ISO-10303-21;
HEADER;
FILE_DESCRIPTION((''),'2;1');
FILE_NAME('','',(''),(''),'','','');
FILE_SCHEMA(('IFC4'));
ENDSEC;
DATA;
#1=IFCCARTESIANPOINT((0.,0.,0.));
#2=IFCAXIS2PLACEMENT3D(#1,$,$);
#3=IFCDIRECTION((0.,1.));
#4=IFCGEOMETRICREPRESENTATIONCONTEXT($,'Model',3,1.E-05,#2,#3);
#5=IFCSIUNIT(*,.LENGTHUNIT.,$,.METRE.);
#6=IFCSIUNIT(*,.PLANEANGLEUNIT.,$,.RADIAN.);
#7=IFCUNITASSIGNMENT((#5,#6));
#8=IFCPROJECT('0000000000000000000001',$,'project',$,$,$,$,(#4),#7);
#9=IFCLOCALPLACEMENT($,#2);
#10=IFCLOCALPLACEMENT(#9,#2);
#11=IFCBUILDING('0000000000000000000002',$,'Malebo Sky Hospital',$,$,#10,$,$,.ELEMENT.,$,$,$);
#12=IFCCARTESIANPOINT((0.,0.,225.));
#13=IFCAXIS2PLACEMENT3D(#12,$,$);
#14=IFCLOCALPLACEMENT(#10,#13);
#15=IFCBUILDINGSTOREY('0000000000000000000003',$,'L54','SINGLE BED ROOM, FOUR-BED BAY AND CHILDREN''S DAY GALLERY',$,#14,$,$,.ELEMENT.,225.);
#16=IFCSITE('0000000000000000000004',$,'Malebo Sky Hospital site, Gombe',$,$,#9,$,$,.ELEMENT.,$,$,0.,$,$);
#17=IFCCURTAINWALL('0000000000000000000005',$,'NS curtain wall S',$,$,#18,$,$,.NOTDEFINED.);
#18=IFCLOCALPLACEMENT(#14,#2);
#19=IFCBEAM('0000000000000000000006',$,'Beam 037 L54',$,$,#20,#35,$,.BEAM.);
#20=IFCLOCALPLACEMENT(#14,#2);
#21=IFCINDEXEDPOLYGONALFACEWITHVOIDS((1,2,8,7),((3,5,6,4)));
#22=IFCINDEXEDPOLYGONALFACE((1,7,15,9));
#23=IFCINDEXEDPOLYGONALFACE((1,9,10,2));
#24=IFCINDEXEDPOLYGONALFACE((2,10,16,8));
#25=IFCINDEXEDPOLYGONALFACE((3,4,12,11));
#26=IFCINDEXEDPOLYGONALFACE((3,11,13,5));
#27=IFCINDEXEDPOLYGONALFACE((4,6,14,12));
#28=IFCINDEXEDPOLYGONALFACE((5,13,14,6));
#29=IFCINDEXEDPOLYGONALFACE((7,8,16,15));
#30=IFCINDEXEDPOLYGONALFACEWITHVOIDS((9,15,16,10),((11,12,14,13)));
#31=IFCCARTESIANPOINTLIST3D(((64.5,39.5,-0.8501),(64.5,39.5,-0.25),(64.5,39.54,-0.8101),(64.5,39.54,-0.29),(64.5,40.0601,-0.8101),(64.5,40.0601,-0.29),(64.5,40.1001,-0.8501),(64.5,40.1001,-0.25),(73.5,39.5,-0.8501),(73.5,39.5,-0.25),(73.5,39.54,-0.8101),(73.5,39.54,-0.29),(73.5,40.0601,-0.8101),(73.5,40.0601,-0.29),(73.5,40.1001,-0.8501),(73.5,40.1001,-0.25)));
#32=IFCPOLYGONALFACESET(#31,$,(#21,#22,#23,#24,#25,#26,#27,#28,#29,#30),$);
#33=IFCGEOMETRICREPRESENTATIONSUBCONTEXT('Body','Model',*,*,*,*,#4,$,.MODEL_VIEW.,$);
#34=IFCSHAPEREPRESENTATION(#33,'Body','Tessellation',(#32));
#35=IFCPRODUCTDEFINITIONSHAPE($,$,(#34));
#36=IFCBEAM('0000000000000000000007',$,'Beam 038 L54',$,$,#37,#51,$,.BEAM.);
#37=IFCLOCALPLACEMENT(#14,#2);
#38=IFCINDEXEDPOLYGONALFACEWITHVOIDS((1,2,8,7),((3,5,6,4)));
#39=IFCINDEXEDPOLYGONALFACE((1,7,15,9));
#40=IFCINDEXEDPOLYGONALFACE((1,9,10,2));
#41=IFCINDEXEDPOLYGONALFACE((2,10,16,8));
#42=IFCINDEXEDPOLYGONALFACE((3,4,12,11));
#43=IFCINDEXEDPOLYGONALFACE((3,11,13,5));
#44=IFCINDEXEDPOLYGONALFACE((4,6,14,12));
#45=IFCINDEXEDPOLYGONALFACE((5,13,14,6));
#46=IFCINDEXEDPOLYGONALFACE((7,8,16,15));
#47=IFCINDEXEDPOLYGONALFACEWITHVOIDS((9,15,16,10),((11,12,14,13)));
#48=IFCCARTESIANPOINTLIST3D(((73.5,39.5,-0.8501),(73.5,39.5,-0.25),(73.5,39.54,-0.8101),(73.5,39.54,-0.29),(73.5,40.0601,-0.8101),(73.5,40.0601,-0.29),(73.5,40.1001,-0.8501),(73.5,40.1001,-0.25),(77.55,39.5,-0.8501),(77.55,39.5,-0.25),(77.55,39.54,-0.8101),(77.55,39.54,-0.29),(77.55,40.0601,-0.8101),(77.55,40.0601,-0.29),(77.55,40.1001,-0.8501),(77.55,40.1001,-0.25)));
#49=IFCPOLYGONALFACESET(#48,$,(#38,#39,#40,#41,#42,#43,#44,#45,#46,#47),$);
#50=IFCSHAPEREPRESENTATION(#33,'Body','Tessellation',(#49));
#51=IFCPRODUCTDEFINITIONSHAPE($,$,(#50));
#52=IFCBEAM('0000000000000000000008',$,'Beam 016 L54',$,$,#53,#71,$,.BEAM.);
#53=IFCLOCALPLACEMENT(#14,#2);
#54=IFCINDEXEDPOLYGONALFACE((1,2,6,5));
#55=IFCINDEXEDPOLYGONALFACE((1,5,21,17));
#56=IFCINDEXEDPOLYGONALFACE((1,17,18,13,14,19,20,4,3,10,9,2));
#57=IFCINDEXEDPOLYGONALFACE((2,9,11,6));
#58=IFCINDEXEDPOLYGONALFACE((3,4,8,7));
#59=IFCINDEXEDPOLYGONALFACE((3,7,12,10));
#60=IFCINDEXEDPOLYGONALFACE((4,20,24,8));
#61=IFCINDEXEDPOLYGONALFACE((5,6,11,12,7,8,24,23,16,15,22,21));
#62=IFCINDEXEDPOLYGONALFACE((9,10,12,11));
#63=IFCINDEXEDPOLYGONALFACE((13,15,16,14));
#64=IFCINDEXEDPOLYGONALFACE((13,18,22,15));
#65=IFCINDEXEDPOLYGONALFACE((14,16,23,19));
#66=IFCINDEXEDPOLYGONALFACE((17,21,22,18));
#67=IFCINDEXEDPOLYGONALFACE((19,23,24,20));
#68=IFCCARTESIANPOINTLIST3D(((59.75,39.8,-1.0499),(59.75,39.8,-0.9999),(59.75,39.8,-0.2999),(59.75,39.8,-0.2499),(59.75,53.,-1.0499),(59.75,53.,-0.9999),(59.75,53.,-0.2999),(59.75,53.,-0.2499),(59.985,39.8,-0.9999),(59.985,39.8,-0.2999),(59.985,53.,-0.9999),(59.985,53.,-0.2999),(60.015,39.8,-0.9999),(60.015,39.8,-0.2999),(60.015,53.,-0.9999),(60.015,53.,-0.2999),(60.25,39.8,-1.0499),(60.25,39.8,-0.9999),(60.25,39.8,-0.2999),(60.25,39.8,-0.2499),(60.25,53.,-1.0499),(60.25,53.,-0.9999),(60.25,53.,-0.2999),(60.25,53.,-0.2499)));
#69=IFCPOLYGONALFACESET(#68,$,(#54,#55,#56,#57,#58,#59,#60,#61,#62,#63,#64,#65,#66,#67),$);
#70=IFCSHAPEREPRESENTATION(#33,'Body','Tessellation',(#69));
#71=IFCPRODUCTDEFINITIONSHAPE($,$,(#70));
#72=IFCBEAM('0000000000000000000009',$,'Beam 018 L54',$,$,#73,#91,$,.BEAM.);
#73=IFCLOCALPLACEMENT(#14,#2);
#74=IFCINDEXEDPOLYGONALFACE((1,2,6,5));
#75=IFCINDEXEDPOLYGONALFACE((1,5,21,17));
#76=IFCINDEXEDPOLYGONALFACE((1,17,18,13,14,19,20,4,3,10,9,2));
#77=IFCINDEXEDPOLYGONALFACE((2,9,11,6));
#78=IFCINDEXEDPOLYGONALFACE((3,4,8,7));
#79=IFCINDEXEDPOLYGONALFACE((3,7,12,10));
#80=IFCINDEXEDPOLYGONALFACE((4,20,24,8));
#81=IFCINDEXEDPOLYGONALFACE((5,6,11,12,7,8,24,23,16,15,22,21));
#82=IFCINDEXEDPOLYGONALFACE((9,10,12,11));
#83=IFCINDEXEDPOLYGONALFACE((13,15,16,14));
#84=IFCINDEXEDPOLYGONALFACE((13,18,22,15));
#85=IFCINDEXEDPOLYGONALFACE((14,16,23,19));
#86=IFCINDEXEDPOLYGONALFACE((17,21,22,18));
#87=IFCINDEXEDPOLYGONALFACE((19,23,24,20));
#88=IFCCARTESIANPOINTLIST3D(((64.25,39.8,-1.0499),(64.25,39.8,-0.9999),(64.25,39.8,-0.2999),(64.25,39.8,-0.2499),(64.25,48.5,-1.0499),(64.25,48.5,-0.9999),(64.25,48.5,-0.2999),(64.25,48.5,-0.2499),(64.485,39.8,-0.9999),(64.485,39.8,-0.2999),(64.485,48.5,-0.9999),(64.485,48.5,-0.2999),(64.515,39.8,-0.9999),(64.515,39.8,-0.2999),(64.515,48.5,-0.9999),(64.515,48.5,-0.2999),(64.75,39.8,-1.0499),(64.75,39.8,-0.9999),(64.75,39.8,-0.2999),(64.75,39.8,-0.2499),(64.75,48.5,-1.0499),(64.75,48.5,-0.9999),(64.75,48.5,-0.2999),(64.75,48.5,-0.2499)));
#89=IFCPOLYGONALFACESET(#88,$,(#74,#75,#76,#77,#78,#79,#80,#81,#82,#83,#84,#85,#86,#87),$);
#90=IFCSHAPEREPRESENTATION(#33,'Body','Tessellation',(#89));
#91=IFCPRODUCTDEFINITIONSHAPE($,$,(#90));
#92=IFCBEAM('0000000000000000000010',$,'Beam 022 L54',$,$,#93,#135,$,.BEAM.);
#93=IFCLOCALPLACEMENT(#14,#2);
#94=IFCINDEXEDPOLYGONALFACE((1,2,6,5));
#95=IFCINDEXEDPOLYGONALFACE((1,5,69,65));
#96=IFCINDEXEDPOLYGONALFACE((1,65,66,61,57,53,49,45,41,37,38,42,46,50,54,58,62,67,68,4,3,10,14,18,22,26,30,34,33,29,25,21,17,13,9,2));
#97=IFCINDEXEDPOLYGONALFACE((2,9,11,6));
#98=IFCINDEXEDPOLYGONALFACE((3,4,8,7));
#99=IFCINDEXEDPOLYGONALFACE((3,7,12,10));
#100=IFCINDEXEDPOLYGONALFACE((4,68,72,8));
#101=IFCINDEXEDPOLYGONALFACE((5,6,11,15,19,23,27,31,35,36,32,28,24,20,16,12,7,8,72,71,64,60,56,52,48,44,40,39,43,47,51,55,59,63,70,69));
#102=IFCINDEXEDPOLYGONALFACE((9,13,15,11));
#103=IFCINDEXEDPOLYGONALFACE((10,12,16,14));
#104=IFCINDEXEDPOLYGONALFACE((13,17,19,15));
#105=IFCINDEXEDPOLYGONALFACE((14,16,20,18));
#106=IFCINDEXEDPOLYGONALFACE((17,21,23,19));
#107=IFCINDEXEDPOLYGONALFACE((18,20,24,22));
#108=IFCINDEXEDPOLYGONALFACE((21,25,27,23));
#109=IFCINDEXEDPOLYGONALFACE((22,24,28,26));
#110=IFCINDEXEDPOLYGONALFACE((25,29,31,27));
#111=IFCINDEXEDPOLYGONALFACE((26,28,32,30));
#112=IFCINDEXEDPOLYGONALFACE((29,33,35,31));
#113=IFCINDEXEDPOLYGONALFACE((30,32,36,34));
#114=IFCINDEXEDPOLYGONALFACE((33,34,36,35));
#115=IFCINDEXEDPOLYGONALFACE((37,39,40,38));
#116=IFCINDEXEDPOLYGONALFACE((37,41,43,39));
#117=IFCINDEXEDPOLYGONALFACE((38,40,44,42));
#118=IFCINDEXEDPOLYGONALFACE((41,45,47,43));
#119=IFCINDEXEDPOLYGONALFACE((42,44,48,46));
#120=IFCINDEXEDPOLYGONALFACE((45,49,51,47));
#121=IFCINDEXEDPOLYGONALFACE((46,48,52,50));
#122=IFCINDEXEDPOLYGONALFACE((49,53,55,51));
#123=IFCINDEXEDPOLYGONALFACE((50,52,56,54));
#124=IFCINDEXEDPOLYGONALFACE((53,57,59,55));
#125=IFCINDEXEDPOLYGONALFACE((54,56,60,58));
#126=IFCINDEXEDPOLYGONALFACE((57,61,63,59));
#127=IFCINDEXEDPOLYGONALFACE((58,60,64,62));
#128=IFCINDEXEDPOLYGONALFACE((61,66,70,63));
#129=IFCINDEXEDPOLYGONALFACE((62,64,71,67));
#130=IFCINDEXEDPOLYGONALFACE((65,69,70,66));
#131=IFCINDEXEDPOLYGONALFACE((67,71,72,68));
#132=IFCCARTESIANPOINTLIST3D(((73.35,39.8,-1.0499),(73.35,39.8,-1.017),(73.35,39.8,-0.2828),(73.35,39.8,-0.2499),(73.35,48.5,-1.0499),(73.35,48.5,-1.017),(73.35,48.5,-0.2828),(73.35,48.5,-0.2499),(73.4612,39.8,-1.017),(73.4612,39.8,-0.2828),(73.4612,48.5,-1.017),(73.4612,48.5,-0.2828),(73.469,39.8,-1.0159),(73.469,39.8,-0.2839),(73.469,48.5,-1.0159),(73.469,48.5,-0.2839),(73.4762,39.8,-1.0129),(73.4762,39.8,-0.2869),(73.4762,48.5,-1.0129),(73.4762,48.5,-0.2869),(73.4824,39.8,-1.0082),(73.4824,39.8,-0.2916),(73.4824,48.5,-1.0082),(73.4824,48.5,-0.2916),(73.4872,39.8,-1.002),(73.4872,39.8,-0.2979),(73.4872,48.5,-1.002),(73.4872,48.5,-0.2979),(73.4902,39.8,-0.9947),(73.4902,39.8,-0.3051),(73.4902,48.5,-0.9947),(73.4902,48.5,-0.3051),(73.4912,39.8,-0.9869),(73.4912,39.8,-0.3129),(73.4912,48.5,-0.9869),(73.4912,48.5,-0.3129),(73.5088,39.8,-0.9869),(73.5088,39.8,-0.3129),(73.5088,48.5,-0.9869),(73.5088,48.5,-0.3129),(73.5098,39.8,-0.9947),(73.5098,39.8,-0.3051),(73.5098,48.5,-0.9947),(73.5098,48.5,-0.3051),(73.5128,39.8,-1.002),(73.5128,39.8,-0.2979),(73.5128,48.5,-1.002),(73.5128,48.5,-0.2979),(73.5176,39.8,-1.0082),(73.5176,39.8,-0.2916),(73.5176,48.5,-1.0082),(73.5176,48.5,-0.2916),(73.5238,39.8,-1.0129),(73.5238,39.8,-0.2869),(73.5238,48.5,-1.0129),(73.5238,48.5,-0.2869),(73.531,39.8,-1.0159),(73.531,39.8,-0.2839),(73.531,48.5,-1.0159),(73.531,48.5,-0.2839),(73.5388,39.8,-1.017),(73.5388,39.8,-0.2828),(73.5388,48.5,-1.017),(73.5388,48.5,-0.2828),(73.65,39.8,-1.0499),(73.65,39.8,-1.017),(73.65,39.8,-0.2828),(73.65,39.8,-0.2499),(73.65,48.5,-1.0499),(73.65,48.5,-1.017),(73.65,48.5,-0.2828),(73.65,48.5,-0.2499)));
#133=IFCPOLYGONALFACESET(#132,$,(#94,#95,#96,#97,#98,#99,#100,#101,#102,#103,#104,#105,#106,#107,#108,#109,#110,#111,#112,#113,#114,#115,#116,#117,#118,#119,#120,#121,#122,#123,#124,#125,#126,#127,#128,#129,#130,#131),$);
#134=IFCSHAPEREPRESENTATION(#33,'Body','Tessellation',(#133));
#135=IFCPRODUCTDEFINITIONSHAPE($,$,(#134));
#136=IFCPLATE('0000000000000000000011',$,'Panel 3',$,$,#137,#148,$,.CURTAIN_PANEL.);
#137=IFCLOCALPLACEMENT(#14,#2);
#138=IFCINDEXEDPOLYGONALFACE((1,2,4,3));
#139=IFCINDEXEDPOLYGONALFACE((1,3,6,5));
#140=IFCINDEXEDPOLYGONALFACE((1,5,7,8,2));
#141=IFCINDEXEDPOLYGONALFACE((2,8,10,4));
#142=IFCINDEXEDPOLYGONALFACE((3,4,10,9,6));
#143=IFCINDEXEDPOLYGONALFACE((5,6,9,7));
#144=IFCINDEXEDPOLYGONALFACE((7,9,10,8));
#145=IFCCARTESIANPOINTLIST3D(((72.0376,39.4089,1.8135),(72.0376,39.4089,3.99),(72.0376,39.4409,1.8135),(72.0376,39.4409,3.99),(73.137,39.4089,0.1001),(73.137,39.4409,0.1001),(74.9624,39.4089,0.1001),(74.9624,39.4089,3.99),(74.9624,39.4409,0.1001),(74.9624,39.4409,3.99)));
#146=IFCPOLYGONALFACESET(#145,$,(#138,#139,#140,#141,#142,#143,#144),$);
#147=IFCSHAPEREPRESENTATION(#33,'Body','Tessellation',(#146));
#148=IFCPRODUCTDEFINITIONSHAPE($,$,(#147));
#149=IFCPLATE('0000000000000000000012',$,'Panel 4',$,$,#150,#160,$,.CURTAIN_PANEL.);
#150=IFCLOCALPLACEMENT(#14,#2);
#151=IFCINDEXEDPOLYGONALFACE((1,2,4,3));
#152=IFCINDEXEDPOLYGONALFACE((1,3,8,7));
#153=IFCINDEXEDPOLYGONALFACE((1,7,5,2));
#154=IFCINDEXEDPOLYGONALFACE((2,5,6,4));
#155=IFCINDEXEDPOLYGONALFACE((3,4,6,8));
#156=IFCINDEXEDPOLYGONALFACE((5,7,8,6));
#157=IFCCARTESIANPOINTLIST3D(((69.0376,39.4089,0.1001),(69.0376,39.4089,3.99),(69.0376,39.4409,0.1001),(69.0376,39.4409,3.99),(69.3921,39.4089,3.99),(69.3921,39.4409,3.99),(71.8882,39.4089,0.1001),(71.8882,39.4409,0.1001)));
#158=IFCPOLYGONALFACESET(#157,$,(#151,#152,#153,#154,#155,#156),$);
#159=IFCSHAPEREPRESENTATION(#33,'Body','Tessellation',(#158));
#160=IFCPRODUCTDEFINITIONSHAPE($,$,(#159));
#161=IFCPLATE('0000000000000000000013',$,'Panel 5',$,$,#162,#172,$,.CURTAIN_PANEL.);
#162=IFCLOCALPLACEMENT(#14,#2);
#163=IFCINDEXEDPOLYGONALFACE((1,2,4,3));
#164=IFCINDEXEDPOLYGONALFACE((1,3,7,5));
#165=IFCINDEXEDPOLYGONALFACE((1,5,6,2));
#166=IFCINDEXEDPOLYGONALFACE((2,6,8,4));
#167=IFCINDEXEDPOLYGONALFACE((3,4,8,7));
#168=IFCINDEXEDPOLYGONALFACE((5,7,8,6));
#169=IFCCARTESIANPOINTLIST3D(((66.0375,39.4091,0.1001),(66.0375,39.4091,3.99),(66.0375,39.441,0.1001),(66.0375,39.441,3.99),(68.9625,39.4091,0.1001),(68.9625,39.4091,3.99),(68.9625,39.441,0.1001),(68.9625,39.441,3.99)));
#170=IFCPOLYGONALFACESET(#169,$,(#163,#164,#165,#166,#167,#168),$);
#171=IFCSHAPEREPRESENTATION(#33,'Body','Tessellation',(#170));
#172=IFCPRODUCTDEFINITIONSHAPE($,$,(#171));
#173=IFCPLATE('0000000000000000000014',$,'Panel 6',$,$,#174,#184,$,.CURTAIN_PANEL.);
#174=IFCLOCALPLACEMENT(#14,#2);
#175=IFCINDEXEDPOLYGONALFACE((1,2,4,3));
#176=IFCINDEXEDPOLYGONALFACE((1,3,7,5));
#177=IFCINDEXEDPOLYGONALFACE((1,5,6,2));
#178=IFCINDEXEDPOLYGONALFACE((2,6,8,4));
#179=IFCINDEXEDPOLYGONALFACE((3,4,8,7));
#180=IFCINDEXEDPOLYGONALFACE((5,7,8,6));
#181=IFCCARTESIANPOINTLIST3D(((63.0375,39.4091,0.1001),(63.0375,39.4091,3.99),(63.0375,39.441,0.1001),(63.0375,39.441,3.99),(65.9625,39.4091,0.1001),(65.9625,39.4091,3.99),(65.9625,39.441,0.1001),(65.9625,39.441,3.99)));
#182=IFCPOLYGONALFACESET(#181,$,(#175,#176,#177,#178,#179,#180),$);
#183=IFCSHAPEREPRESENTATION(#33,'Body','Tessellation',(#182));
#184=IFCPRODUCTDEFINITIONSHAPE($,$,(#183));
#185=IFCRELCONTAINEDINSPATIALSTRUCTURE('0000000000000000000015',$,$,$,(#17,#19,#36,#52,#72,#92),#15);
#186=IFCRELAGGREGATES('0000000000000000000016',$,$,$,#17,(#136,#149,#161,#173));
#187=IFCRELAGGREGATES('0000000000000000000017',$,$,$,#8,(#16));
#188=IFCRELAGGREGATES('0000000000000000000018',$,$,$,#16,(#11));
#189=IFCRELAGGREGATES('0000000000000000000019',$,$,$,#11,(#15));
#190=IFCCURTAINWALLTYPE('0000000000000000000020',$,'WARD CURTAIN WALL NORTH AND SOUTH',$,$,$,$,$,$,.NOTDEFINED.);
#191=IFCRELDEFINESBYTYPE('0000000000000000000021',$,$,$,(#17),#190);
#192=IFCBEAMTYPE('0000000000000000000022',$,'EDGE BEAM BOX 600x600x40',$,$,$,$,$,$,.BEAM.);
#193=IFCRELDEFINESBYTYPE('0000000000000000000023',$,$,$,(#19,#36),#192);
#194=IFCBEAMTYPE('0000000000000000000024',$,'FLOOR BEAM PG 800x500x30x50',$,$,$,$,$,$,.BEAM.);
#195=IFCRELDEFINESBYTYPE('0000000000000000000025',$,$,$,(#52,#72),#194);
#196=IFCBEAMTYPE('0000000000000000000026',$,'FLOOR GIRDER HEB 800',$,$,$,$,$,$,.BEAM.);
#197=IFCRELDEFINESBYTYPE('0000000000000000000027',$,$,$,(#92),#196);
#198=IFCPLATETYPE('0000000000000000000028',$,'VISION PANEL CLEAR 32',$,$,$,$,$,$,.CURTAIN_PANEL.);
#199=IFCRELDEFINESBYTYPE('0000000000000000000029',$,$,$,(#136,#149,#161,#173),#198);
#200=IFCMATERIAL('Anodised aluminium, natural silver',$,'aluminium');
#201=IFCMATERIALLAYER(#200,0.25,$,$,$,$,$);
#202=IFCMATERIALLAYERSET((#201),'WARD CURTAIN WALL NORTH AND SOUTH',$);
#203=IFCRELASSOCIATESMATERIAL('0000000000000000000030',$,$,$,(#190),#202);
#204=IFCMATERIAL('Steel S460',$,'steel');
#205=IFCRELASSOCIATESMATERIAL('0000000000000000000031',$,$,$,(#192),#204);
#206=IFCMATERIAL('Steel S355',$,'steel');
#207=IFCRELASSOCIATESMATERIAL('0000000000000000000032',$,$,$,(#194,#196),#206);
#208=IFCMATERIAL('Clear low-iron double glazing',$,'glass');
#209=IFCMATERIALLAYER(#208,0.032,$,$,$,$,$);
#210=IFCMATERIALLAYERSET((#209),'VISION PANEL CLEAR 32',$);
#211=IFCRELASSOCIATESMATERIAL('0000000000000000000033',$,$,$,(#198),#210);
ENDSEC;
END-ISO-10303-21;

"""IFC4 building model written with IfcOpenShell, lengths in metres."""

from ifc_helpers import new_model, si_unit, direction, frame, origin, origin_2d, place, context, subcontext, project, spatial, polyline, rectangle, hollow_rectangle, i_section, outline, extrude, material, layer, layer_set, material_profile, profile_set, type_object, element, aggregate, save


model = new_model("IFC4")

# Units and contexts
model_context = context("Model", 3, precision=1e-05, world=origin(), true_north=direction((0.0, 1.0)))
body_context = subcontext(model_context, "Body", "Model", "MODEL_VIEW")
ifc_project = project(units=[si_unit("LENGTHUNIT", "METRE"), si_unit("PLANEANGLEUNIT", "RADIAN")], contexts=[model_context])

# Site, building, storey
site_placement = place(None, origin())
site = spatial("IfcSite", under=ifc_project, at=site_placement, Name="Malebo Sky Hospital site, Gombe", CompositionType="ELEMENT", RefElevation=0.0)
building_placement = place(site_placement, origin())
building = spatial("IfcBuilding", under=site, at=building_placement, Name="Malebo Sky Hospital", CompositionType="ELEMENT")
storey_placement = place(building_placement, frame((0.0, 0.0, 225.0)))
storey = spatial("IfcBuildingStorey", under=building, at=storey_placement, Name="L54", Description="SINGLE BED ROOM, FOUR-BED BAY AND CHILDREN'S DAY GALLERY", CompositionType="ELEMENT", Elevation=225.0)

# Shared definitions
ifc_material_1 = material(Name="Steel S460", Category="steel")

# Curtain wall
ifc_material_2 = material(Name="Anodised aluminium, natural silver", Category="aluminium")
ifc_layer_1 = layer(ifc_material_2, 0.25)
ifc_layer_set_1 = layer_set([ifc_layer_1], Name="WARD CURTAIN WALL NORTH AND SOUTH")
curtain_wall_type = type_object("IfcCurtainWallType", Name="WARD CURTAIN WALL NORTH AND SOUTH", PredefinedType="NOTDEFINED", material=ifc_layer_set_1)
curtain_wall_placement = place(storey_placement, origin())
curtain_wall = element("IfcCurtainWall", 1, at=curtain_wall_placement, inside=storey, type_object=curtain_wall_type, Name="NS curtain wall S", PredefinedType="NOTDEFINED")

# Shared definitions
ifc_material_3 = material(Name="Steel S355", Category="steel")

# Beams
ifc_material_profile_1 = material_profile(ifc_material_1, hollow_rectangle(XDim=0.6001, YDim=0.6001, WallThickness=0.04, at=origin_2d()), Name="BOX 600x600x40")
ifc_profile_set_1 = profile_set([ifc_material_profile_1], Name="Steel S460")
beam_type_1 = type_object("IfcBeamType", Name="EDGE BEAM BOX 600x600x40", PredefinedType="BEAM", material=ifc_profile_set_1)
beam_1_placement = place(storey_placement, frame((64.5, 39.8, -0.55), z_axis=(1.0, 0.0, 0.0), x_axis=(0.0, 1.0, 0.0)))
element("IfcBeam", 2, at=beam_1_placement, inside=storey, type_object=beam_type_1, Name="Beam 037 L54", PredefinedType="BEAM", context=body_context, shape_type="SweptSolid", body=[
    extrude(hollow_rectangle(XDim=0.6001, YDim=0.6001, WallThickness=0.04, at=origin_2d()), origin(), (0.0, 0.0, 1.0), 9.0),
])
beam_2_placement = place(storey_placement, frame((73.5, 39.8, -0.55), z_axis=(1.0, 0.0, 0.0), x_axis=(0.0, 1.0, 0.0)))
element("IfcBeam", 3, at=beam_2_placement, inside=storey, type_object=beam_type_1, Name="Beam 038 L54", PredefinedType="BEAM", context=body_context, shape_type="SweptSolid", body=[
    extrude(hollow_rectangle(XDim=0.6001, YDim=0.6001, WallThickness=0.04, at=origin_2d()), origin(), (0.0, 0.0, 1.0), 4.05),
])
ifc_material_profile_2 = material_profile(ifc_material_3, i_section(OverallWidth=0.5, OverallDepth=0.8, WebThickness=0.03, FlangeThickness=0.05, at=origin_2d()), Name="PG 800x500x30x50")
ifc_profile_set_2 = profile_set([ifc_material_profile_2], Name="Steel S355")
beam_type_2 = type_object("IfcBeamType", Name="FLOOR BEAM PG 800x500x30x50", PredefinedType="BEAM", material=ifc_profile_set_2)
beam_3_placement = place(storey_placement, frame((60.0, 39.8, -0.6499), z_axis=(0.0, 1.0, 0.0), x_axis=(-1.0, 0.0, 0.0)))
element("IfcBeam", 4, at=beam_3_placement, inside=storey, type_object=beam_type_2, Name="Beam 016 L54", PredefinedType="BEAM", context=body_context, shape_type="SweptSolid", body=[
    extrude(i_section(OverallWidth=0.5, OverallDepth=0.8, WebThickness=0.03, FlangeThickness=0.05, at=origin_2d()), origin(), (0.0, 0.0, 1.0), 13.2),
])
beam_4_placement = place(storey_placement, frame((64.5, 39.8, -0.6499), z_axis=(0.0, 1.0, 0.0), x_axis=(-1.0, 0.0, 0.0)))
element("IfcBeam", 5, at=beam_4_placement, inside=storey, type_object=beam_type_2, Name="Beam 018 L54", PredefinedType="BEAM", context=body_context, shape_type="SweptSolid", body=[
    extrude(i_section(OverallWidth=0.5, OverallDepth=0.8, WebThickness=0.03, FlangeThickness=0.05, at=origin_2d()), origin(), (0.0, 0.0, 1.0), 8.7),
])
ifc_material_profile_3 = material_profile(ifc_material_3, i_section(OverallWidth=0.3, OverallDepth=0.8, WebThickness=0.0176, FlangeThickness=0.033, FilletRadius=0.03, at=origin_2d()), Name="HEB 800")
ifc_profile_set_3 = profile_set([ifc_material_profile_3], Name="Steel S355")
beam_type_3 = type_object("IfcBeamType", Name="FLOOR GIRDER HEB 800", PredefinedType="BEAM", material=ifc_profile_set_3)
beam_5_placement = place(storey_placement, frame((73.5, 39.8, -0.6499), z_axis=(0.0, 1.0, 0.0), x_axis=(-1.0, 0.0, 0.0)))
element("IfcBeam", 6, at=beam_5_placement, inside=storey, type_object=beam_type_3, Name="Beam 022 L54", PredefinedType="BEAM", context=body_context, shape_type="SweptSolid", body=[
    extrude(i_section(OverallWidth=0.3, OverallDepth=0.8, WebThickness=0.0176, FlangeThickness=0.033, FilletRadius=0.03, at=origin_2d()), origin(), (0.0, 0.0, 1.0), 8.7),
])

# Plates
ifc_material_4 = material(Name="Clear low-iron double glazing", Category="glass")
ifc_layer_2 = layer(ifc_material_4, 0.032)
ifc_layer_set_2 = layer_set([ifc_layer_2], Name="VISION PANEL CLEAR 32")
plate_type = type_object("IfcPlateType", Name="VISION PANEL CLEAR 32", PredefinedType="CURTAIN_PANEL", material=ifc_layer_set_2)
plate_1_placement = place(storey_placement, frame((73.5, 39.425, 0.1001), z_axis=(0.0, 0.0, 1.0), x_axis=(-1.0, 0.0, 0.0)))
plate_1 = element("IfcPlate", 7, at=plate_1_placement, type_object=plate_type, Name="Panel 3", PredefinedType="CURTAIN_PANEL", context=body_context, shape_type="SweptSolid", body=[
    extrude(outline(polyline([(-1.4624, 0.0), (0.363, 0.0), (1.4624, 1.7134), (1.4624, 3.8899), (-1.4624, 3.8899), (-1.4624, 0.0)])), frame((0.0, 0.0161, 0.0), z_axis=(0.0, -1.0, 0.0), x_axis=(1.0, 0.0, 0.0)), (0.0, 0.0, 1.0), 0.032),
])
plate_2_placement = place(storey_placement, frame((70.4629, 39.425, 0.1001), z_axis=(0.0, 0.0, 1.0), x_axis=(-1.0, 0.0, 0.0)))
plate_2 = element("IfcPlate", 8, at=plate_2_placement, type_object=plate_type, Name="Panel 4", PredefinedType="CURTAIN_PANEL", context=body_context, shape_type="SweptSolid", body=[
    extrude(outline(polyline([(-1.4253, 0.0), (1.4253, 0.0), (1.4253, 3.8899), (1.0708, 3.8899), (-1.4253, 0.0)])), frame((0.0, 0.0161, 0.0), z_axis=(0.0, -1.0, 0.0), x_axis=(1.0, 0.0, 0.0)), (0.0, 0.0, 1.0), 0.032),
])
plate_3_placement = place(storey_placement, frame((67.5, 39.425, 0.1001), z_axis=(0.0, 0.0, 1.0), x_axis=(-1.0, 0.0, 0.0)))
plate_3 = element("IfcPlate", 9, at=plate_3_placement, type_object=plate_type, Name="Panel 5", PredefinedType="CURTAIN_PANEL", context=body_context, shape_type="SweptSolid", body=[
    extrude(rectangle(XDim=2.925, YDim=0.032, at=origin_2d()), origin(), (0.0, 0.0, 1.0), 3.8899),
])
plate_4_placement = place(storey_placement, frame((64.5, 39.425, 0.1001), z_axis=(0.0, 0.0, 1.0), x_axis=(-1.0, 0.0, 0.0)))
plate_4 = element("IfcPlate", 10, at=plate_4_placement, type_object=plate_type, Name="Panel 6", PredefinedType="CURTAIN_PANEL", context=body_context, shape_type="SweptSolid", body=[
    extrude(rectangle(XDim=2.925, YDim=0.032, at=origin_2d()), origin(), (0.0, 0.0, 1.0), 3.8899),
])
aggregate(curtain_wall, [plate_1, plate_2, plate_3, plate_4])

save(model, "model.ifc")
